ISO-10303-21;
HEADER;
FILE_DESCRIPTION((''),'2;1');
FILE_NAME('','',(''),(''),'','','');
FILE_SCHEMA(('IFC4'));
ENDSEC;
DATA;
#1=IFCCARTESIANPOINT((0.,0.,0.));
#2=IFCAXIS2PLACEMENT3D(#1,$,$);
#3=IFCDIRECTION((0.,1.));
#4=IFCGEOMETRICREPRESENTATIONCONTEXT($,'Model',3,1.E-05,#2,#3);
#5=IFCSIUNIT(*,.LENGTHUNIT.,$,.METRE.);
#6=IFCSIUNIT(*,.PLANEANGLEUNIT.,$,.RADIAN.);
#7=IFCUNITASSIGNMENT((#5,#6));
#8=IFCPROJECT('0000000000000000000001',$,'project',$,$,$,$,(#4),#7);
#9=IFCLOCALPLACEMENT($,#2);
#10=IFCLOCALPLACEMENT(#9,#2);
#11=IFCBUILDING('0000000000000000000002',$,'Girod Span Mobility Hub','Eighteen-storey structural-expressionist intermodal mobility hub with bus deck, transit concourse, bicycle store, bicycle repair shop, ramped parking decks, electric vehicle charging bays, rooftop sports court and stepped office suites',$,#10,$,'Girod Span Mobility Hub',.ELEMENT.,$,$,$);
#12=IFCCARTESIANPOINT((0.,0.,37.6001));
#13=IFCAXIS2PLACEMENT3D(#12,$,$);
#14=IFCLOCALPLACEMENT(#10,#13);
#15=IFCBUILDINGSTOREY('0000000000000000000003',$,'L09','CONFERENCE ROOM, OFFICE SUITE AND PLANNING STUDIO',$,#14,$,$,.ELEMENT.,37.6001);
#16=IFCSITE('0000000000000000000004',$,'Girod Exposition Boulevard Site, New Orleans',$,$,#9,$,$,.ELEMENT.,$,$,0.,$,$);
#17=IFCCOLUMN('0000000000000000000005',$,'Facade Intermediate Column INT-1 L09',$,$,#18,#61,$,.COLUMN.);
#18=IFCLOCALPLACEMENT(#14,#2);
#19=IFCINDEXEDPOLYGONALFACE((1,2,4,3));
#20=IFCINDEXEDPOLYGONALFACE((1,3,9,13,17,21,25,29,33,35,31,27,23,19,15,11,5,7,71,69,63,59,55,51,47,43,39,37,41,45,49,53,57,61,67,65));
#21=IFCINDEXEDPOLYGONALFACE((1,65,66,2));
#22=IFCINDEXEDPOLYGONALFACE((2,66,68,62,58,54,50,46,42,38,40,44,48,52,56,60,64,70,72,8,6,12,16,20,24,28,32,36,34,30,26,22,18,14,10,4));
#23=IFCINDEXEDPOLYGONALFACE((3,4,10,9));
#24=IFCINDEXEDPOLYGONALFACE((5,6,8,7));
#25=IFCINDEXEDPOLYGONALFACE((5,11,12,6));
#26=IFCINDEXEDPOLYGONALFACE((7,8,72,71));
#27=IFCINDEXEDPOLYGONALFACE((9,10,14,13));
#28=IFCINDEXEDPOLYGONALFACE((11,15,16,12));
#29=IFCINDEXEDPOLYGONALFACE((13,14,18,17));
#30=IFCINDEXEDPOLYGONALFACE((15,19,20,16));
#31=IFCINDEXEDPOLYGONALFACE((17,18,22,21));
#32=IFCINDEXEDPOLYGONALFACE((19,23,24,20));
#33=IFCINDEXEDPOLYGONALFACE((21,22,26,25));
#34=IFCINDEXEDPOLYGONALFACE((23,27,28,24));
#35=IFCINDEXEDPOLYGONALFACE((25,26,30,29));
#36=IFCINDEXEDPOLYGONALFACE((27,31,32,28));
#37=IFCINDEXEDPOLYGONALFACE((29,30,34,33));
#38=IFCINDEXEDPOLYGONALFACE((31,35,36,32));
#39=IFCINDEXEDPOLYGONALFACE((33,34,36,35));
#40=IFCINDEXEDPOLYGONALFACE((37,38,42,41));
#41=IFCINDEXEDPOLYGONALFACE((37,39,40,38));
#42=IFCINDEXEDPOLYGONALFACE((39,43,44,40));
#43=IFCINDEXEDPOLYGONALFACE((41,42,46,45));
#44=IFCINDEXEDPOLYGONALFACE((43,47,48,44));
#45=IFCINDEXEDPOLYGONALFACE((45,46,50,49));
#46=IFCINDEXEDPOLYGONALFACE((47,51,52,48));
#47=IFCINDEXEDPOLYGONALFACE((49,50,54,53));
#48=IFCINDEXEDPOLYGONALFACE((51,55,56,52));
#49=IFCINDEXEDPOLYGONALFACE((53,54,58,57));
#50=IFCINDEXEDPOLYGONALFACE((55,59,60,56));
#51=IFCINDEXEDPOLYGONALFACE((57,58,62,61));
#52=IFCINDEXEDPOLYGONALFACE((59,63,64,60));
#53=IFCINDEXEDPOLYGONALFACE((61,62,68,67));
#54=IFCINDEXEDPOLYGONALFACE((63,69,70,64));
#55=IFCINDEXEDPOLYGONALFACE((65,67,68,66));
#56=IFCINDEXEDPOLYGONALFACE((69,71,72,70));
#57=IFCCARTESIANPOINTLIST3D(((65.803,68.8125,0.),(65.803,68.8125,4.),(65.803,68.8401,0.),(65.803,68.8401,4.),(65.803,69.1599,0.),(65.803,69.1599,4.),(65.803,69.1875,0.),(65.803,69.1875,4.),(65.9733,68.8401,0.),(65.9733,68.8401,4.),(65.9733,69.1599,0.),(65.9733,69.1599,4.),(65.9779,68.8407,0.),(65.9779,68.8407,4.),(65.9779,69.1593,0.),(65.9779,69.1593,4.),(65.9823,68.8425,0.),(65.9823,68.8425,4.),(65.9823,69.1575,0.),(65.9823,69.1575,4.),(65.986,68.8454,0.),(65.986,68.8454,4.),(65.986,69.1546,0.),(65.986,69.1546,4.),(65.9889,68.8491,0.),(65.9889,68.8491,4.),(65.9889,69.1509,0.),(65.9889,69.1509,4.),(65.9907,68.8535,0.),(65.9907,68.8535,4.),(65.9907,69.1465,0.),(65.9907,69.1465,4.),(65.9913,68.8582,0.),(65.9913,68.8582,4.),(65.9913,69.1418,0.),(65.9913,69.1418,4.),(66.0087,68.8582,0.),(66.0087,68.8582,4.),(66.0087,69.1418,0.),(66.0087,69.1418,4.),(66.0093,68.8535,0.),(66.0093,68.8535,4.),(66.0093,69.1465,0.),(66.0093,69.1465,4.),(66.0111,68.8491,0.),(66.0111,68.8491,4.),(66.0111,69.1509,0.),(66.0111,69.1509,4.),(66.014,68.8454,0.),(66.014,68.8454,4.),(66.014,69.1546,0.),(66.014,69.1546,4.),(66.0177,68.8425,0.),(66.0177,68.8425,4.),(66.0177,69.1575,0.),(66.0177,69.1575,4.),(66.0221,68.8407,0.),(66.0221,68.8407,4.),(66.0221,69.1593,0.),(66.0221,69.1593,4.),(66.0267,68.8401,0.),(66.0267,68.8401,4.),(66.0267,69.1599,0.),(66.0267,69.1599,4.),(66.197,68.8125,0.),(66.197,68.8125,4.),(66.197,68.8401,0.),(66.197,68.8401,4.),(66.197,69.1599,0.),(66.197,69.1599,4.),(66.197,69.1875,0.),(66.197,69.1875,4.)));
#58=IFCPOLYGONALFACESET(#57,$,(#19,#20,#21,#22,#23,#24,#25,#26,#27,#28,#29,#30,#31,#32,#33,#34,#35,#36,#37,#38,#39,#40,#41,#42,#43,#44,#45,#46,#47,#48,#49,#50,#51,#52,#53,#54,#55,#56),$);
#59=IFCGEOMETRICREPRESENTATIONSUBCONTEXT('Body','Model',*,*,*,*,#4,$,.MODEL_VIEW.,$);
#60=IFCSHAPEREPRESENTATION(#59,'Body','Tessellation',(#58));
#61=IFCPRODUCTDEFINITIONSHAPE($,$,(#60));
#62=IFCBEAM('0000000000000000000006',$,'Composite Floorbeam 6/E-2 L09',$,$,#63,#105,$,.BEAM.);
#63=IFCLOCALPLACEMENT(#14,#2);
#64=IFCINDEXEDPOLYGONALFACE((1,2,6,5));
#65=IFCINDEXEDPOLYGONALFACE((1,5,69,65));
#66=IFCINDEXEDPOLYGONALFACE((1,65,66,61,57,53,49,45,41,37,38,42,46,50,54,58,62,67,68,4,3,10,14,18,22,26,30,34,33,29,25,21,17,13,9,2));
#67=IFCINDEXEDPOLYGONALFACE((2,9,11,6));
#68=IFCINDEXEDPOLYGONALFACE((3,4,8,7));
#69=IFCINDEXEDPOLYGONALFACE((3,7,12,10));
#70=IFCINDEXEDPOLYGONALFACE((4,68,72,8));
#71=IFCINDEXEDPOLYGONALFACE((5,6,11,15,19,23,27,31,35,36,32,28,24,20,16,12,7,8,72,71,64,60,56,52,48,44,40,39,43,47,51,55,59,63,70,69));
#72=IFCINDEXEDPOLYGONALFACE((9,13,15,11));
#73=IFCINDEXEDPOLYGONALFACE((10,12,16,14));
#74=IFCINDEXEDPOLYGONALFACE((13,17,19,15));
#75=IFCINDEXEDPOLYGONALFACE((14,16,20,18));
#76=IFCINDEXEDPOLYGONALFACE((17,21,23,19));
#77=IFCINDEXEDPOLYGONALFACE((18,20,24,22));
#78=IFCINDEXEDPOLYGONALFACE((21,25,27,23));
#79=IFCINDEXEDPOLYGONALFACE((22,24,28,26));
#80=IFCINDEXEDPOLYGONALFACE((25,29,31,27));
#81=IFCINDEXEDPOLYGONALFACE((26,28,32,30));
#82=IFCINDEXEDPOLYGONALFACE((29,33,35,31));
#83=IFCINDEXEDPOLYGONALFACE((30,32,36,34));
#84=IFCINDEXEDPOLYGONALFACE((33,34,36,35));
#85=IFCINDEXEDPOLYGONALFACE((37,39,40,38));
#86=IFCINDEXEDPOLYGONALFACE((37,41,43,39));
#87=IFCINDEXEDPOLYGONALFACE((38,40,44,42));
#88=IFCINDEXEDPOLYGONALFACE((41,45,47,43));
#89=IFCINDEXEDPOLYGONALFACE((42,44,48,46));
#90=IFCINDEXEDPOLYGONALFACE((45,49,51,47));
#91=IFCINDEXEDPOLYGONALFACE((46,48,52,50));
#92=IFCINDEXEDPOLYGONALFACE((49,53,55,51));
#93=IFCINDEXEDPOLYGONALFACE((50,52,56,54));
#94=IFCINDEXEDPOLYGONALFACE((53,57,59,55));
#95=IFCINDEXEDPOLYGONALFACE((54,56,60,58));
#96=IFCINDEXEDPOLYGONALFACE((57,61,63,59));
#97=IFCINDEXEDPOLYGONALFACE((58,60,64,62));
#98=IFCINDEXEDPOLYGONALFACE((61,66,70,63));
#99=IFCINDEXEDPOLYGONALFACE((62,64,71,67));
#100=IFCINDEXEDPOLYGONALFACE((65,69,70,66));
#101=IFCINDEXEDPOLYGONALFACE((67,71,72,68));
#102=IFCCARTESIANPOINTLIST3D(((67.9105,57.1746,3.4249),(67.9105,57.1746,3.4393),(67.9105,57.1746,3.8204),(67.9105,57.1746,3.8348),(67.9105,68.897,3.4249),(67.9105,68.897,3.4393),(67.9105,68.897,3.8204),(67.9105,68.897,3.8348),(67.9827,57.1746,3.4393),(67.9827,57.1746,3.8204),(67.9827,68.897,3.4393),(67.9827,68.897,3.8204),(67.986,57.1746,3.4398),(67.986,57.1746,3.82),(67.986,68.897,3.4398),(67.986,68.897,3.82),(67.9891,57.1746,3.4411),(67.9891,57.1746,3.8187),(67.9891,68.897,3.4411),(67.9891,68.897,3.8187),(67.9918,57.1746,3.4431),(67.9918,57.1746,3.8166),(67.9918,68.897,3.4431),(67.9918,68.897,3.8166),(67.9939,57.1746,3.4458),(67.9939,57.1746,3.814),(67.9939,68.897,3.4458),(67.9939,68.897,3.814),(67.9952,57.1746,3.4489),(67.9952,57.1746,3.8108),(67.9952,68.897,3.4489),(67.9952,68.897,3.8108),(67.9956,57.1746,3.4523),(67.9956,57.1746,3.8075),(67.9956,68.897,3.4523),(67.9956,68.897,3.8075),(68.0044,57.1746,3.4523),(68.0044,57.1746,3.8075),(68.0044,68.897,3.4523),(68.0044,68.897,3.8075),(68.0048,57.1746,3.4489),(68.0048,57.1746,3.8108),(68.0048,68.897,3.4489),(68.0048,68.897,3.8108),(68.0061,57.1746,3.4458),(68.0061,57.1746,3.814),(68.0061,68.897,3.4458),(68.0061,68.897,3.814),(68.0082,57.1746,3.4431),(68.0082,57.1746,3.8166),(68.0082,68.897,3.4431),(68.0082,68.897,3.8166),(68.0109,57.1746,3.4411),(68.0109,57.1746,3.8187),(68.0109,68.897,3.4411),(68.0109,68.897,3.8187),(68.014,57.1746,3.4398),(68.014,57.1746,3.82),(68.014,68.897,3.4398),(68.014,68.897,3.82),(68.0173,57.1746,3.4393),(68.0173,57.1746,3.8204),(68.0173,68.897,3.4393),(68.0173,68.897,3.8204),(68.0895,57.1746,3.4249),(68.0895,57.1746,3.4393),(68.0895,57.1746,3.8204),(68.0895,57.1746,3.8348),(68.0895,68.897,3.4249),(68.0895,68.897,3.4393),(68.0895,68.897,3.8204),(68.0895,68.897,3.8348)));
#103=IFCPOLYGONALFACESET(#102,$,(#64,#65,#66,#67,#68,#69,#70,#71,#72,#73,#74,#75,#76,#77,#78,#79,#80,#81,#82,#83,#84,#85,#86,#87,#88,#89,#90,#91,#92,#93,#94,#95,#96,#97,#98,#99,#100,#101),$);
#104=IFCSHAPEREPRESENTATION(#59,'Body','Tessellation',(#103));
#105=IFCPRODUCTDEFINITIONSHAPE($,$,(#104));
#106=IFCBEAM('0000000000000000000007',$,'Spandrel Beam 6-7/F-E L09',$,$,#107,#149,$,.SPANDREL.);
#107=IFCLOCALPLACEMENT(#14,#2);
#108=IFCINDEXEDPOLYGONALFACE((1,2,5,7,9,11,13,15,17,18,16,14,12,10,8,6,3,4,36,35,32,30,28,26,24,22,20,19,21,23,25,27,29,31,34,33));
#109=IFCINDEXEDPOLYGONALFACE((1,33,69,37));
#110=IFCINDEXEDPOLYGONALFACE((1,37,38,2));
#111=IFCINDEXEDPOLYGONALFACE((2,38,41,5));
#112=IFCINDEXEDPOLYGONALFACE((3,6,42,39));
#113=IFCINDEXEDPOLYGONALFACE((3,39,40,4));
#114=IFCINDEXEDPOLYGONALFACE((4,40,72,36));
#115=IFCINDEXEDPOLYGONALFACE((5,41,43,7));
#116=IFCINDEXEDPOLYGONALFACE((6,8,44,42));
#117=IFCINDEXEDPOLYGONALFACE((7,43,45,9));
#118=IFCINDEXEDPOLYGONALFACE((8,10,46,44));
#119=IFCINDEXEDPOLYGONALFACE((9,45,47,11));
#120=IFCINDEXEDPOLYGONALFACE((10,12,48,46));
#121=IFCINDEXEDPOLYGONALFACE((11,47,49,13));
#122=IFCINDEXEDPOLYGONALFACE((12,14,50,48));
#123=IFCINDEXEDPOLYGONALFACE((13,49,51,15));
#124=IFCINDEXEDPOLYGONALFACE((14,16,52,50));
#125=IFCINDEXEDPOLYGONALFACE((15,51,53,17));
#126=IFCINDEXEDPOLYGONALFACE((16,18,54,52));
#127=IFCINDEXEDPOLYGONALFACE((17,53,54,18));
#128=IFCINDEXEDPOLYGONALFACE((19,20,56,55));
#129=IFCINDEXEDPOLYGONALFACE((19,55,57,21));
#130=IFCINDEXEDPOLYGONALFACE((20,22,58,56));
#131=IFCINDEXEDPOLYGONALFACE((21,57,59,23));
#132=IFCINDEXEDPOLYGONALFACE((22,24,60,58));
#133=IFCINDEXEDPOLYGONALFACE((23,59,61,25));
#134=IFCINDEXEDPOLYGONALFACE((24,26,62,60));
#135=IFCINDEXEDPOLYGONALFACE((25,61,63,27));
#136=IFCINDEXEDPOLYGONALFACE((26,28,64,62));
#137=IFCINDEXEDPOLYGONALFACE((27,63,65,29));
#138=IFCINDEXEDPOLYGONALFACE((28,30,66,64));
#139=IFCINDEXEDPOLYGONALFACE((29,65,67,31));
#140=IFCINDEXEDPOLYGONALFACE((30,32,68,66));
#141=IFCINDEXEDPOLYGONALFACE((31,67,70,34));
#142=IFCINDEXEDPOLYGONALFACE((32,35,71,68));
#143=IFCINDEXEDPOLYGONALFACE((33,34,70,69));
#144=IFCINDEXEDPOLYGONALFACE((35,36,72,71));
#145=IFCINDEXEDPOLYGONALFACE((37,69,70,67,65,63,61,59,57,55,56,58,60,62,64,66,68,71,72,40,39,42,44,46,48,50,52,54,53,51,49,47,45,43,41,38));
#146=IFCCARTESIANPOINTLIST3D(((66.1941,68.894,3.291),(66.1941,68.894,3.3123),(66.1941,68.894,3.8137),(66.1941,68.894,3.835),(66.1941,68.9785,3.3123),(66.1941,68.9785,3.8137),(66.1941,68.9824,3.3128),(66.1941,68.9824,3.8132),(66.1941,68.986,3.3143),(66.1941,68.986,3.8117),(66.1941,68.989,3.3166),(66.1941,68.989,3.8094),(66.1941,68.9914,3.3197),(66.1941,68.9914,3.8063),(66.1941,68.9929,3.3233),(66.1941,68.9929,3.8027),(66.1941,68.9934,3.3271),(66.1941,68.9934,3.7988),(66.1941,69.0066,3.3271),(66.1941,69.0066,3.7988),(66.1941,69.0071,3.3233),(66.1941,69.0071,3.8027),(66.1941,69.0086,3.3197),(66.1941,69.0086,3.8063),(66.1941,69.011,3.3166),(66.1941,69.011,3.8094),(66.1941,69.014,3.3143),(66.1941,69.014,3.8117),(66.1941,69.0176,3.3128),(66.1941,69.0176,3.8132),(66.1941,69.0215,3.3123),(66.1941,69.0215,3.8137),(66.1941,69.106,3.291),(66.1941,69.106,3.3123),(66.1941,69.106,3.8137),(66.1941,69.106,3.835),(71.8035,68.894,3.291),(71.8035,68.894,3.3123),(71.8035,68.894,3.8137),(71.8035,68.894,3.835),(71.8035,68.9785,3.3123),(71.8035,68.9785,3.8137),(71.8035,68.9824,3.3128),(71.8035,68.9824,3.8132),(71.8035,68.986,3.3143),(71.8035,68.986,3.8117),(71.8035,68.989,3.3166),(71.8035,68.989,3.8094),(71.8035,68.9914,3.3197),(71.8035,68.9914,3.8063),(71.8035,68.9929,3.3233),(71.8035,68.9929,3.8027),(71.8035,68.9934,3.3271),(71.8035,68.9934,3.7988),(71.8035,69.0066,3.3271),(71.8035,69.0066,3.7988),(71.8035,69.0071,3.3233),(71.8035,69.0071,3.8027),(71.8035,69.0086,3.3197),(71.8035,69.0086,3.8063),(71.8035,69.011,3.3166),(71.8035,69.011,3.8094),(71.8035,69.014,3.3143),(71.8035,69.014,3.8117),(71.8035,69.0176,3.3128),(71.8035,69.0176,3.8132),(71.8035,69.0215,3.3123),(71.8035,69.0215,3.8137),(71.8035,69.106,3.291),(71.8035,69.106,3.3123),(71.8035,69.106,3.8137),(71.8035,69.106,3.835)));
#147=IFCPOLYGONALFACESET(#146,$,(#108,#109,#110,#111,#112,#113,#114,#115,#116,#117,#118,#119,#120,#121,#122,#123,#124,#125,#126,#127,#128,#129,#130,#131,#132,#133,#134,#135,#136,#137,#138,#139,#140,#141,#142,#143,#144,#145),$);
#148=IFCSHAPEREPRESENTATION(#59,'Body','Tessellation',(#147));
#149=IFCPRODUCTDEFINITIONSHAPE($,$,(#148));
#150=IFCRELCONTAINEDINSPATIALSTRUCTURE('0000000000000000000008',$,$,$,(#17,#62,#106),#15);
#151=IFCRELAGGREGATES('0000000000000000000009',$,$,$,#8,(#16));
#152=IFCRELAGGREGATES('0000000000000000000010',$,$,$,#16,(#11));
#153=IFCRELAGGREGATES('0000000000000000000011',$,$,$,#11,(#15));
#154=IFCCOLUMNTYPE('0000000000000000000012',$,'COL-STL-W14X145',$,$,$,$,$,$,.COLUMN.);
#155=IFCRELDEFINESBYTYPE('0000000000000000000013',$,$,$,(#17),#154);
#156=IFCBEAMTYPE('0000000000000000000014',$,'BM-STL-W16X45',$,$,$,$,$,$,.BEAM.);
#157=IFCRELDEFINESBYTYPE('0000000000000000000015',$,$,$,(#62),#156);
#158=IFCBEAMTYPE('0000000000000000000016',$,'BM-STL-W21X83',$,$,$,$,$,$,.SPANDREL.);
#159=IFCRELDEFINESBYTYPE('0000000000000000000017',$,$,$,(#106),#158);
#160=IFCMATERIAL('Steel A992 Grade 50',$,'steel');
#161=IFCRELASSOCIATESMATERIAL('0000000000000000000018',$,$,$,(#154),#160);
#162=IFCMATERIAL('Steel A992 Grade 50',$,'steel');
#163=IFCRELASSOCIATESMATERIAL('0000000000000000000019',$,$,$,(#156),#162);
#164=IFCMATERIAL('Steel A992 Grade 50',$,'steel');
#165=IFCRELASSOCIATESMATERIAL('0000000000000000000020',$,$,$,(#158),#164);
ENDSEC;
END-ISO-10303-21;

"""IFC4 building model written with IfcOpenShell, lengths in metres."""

from ifc_helpers import new_model, si_unit, direction, frame, origin, origin_2d, place, context, subcontext, project, spatial, i_section, extrude, material, material_profile, profile_set, type_object, element, save


model = new_model("IFC4")

# Units and contexts
model_context = context("Model", 3, precision=1e-05, world=origin(), true_north=direction((0.0, 1.0)))
body_context = subcontext(model_context, "Body", "Model", "MODEL_VIEW")
ifc_project = project(units=[si_unit("LENGTHUNIT", "METRE"), si_unit("PLANEANGLEUNIT", "RADIAN")], contexts=[model_context])

# Site, building, storey
site_placement = place(None, origin())
site = spatial("IfcSite", under=ifc_project, at=site_placement, Name="Girod Exposition Boulevard Site, New Orleans", CompositionType="ELEMENT", RefElevation=0.0)
building_placement = place(site_placement, origin())
building = spatial("IfcBuilding", under=site, at=building_placement, Name="Girod Span Mobility Hub", Description="Eighteen-storey structural-expressionist intermodal mobility hub with bus deck, transit concourse, bicycle store, bicycle repair shop, ramped parking decks, electric vehicle charging bays, rooftop sports court and stepped office suites", LongName="Girod Span Mobility Hub", CompositionType="ELEMENT")
storey_placement = place(building_placement, frame((0.0, 0.0, 37.6001)))
storey = spatial("IfcBuildingStorey", under=building, at=storey_placement, Name="L09", Description="CONFERENCE ROOM, OFFICE SUITE AND PLANNING STUDIO", CompositionType="ELEMENT", Elevation=37.6001)

# Column
ifc_material_1 = material(Name="Steel A992 Grade 50", Category="steel")
ifc_material_profile_1 = material_profile(ifc_material_1, i_section(OverallWidth=0.394, OverallDepth=0.375, WebThickness=0.0173, FlangeThickness=0.0276, FilletRadius=0.0181, at=origin_2d()), Name="W14X145")
ifc_profile_set_1 = profile_set([ifc_material_profile_1], Name="Steel A992 Grade 50")
column_type = type_object("IfcColumnType", Name="COL-STL-W14X145", PredefinedType="COLUMN", material=ifc_profile_set_1)
column_placement = place(storey_placement, frame((66.0, 69.0, 0.0), z_axis=(0.0, 0.0, 1.0), x_axis=(1.0, 0.0, 0.0)))
element("IfcColumn", 1, at=column_placement, inside=storey, type_object=column_type, Name="Facade Intermediate Column INT-1 L09", PredefinedType="COLUMN", context=body_context, shape_type="SweptSolid", body=[
    extrude(i_section(OverallWidth=0.394, OverallDepth=0.375, WebThickness=0.0173, FlangeThickness=0.0276, FilletRadius=0.0181, at=origin_2d()), origin(), (0.0, 0.0, 1.0), 4.0),
])

# Beams
ifc_material_2 = material(Name="Steel A992 Grade 50", Category="steel")
ifc_material_profile_2 = material_profile(ifc_material_2, i_section(OverallWidth=0.179, OverallDepth=0.4099, WebThickness=0.0088, FlangeThickness=0.0144, FilletRadius=0.0129, at=origin_2d()), Name="W16X45")
ifc_profile_set_2 = profile_set([ifc_material_profile_2], Name="Steel A992 Grade 50")
beam_type_1 = type_object("IfcBeamType", Name="BM-STL-W16X45", PredefinedType="BEAM", material=ifc_profile_set_2)
beam_1_placement = place(storey_placement, frame((68.0, 57.1746, 3.6299), z_axis=(0.0, 1.0, 0.0), x_axis=(-1.0, 0.0, 0.0)))
element("IfcBeam", 2, at=beam_1_placement, inside=storey, type_object=beam_type_1, Name="Composite Floorbeam 6/E-2 L09", PredefinedType="BEAM", context=body_context, shape_type="SweptSolid", body=[
    extrude(i_section(OverallWidth=0.179, OverallDepth=0.4099, WebThickness=0.0088, FlangeThickness=0.0144, FilletRadius=0.0129, at=origin_2d()), origin(), (0.0, 0.0, 1.0), 11.7224),
])
ifc_material_3 = material(Name="Steel A992 Grade 50", Category="steel")
ifc_material_profile_3 = material_profile(ifc_material_3, i_section(OverallWidth=0.2119, OverallDepth=0.5439, WebThickness=0.0132, FlangeThickness=0.0212, FilletRadius=0.0149, at=origin_2d()), Name="W21X83")
ifc_profile_set_3 = profile_set([ifc_material_profile_3], Name="Steel A992 Grade 50")
beam_type_2 = type_object("IfcBeamType", Name="BM-STL-W21X83", PredefinedType="SPANDREL", material=ifc_profile_set_3)
beam_2_placement = place(storey_placement, frame((66.1941, 69.0, 3.563), z_axis=(1.0, 0.0, 0.0), x_axis=(0.0, 1.0, 0.0)))
element("IfcBeam", 3, at=beam_2_placement, inside=storey, type_object=beam_type_2, Name="Spandrel Beam 6-7/F-E L09", PredefinedType="SPANDREL", context=body_context, shape_type="SweptSolid", body=[
    extrude(i_section(OverallWidth=0.2119, OverallDepth=0.5439, WebThickness=0.0132, FlangeThickness=0.0212, FilletRadius=0.0149, at=origin_2d()), origin(), (0.0, 0.0, 1.0), 5.6094),
])

save(model, "model.ifc")
